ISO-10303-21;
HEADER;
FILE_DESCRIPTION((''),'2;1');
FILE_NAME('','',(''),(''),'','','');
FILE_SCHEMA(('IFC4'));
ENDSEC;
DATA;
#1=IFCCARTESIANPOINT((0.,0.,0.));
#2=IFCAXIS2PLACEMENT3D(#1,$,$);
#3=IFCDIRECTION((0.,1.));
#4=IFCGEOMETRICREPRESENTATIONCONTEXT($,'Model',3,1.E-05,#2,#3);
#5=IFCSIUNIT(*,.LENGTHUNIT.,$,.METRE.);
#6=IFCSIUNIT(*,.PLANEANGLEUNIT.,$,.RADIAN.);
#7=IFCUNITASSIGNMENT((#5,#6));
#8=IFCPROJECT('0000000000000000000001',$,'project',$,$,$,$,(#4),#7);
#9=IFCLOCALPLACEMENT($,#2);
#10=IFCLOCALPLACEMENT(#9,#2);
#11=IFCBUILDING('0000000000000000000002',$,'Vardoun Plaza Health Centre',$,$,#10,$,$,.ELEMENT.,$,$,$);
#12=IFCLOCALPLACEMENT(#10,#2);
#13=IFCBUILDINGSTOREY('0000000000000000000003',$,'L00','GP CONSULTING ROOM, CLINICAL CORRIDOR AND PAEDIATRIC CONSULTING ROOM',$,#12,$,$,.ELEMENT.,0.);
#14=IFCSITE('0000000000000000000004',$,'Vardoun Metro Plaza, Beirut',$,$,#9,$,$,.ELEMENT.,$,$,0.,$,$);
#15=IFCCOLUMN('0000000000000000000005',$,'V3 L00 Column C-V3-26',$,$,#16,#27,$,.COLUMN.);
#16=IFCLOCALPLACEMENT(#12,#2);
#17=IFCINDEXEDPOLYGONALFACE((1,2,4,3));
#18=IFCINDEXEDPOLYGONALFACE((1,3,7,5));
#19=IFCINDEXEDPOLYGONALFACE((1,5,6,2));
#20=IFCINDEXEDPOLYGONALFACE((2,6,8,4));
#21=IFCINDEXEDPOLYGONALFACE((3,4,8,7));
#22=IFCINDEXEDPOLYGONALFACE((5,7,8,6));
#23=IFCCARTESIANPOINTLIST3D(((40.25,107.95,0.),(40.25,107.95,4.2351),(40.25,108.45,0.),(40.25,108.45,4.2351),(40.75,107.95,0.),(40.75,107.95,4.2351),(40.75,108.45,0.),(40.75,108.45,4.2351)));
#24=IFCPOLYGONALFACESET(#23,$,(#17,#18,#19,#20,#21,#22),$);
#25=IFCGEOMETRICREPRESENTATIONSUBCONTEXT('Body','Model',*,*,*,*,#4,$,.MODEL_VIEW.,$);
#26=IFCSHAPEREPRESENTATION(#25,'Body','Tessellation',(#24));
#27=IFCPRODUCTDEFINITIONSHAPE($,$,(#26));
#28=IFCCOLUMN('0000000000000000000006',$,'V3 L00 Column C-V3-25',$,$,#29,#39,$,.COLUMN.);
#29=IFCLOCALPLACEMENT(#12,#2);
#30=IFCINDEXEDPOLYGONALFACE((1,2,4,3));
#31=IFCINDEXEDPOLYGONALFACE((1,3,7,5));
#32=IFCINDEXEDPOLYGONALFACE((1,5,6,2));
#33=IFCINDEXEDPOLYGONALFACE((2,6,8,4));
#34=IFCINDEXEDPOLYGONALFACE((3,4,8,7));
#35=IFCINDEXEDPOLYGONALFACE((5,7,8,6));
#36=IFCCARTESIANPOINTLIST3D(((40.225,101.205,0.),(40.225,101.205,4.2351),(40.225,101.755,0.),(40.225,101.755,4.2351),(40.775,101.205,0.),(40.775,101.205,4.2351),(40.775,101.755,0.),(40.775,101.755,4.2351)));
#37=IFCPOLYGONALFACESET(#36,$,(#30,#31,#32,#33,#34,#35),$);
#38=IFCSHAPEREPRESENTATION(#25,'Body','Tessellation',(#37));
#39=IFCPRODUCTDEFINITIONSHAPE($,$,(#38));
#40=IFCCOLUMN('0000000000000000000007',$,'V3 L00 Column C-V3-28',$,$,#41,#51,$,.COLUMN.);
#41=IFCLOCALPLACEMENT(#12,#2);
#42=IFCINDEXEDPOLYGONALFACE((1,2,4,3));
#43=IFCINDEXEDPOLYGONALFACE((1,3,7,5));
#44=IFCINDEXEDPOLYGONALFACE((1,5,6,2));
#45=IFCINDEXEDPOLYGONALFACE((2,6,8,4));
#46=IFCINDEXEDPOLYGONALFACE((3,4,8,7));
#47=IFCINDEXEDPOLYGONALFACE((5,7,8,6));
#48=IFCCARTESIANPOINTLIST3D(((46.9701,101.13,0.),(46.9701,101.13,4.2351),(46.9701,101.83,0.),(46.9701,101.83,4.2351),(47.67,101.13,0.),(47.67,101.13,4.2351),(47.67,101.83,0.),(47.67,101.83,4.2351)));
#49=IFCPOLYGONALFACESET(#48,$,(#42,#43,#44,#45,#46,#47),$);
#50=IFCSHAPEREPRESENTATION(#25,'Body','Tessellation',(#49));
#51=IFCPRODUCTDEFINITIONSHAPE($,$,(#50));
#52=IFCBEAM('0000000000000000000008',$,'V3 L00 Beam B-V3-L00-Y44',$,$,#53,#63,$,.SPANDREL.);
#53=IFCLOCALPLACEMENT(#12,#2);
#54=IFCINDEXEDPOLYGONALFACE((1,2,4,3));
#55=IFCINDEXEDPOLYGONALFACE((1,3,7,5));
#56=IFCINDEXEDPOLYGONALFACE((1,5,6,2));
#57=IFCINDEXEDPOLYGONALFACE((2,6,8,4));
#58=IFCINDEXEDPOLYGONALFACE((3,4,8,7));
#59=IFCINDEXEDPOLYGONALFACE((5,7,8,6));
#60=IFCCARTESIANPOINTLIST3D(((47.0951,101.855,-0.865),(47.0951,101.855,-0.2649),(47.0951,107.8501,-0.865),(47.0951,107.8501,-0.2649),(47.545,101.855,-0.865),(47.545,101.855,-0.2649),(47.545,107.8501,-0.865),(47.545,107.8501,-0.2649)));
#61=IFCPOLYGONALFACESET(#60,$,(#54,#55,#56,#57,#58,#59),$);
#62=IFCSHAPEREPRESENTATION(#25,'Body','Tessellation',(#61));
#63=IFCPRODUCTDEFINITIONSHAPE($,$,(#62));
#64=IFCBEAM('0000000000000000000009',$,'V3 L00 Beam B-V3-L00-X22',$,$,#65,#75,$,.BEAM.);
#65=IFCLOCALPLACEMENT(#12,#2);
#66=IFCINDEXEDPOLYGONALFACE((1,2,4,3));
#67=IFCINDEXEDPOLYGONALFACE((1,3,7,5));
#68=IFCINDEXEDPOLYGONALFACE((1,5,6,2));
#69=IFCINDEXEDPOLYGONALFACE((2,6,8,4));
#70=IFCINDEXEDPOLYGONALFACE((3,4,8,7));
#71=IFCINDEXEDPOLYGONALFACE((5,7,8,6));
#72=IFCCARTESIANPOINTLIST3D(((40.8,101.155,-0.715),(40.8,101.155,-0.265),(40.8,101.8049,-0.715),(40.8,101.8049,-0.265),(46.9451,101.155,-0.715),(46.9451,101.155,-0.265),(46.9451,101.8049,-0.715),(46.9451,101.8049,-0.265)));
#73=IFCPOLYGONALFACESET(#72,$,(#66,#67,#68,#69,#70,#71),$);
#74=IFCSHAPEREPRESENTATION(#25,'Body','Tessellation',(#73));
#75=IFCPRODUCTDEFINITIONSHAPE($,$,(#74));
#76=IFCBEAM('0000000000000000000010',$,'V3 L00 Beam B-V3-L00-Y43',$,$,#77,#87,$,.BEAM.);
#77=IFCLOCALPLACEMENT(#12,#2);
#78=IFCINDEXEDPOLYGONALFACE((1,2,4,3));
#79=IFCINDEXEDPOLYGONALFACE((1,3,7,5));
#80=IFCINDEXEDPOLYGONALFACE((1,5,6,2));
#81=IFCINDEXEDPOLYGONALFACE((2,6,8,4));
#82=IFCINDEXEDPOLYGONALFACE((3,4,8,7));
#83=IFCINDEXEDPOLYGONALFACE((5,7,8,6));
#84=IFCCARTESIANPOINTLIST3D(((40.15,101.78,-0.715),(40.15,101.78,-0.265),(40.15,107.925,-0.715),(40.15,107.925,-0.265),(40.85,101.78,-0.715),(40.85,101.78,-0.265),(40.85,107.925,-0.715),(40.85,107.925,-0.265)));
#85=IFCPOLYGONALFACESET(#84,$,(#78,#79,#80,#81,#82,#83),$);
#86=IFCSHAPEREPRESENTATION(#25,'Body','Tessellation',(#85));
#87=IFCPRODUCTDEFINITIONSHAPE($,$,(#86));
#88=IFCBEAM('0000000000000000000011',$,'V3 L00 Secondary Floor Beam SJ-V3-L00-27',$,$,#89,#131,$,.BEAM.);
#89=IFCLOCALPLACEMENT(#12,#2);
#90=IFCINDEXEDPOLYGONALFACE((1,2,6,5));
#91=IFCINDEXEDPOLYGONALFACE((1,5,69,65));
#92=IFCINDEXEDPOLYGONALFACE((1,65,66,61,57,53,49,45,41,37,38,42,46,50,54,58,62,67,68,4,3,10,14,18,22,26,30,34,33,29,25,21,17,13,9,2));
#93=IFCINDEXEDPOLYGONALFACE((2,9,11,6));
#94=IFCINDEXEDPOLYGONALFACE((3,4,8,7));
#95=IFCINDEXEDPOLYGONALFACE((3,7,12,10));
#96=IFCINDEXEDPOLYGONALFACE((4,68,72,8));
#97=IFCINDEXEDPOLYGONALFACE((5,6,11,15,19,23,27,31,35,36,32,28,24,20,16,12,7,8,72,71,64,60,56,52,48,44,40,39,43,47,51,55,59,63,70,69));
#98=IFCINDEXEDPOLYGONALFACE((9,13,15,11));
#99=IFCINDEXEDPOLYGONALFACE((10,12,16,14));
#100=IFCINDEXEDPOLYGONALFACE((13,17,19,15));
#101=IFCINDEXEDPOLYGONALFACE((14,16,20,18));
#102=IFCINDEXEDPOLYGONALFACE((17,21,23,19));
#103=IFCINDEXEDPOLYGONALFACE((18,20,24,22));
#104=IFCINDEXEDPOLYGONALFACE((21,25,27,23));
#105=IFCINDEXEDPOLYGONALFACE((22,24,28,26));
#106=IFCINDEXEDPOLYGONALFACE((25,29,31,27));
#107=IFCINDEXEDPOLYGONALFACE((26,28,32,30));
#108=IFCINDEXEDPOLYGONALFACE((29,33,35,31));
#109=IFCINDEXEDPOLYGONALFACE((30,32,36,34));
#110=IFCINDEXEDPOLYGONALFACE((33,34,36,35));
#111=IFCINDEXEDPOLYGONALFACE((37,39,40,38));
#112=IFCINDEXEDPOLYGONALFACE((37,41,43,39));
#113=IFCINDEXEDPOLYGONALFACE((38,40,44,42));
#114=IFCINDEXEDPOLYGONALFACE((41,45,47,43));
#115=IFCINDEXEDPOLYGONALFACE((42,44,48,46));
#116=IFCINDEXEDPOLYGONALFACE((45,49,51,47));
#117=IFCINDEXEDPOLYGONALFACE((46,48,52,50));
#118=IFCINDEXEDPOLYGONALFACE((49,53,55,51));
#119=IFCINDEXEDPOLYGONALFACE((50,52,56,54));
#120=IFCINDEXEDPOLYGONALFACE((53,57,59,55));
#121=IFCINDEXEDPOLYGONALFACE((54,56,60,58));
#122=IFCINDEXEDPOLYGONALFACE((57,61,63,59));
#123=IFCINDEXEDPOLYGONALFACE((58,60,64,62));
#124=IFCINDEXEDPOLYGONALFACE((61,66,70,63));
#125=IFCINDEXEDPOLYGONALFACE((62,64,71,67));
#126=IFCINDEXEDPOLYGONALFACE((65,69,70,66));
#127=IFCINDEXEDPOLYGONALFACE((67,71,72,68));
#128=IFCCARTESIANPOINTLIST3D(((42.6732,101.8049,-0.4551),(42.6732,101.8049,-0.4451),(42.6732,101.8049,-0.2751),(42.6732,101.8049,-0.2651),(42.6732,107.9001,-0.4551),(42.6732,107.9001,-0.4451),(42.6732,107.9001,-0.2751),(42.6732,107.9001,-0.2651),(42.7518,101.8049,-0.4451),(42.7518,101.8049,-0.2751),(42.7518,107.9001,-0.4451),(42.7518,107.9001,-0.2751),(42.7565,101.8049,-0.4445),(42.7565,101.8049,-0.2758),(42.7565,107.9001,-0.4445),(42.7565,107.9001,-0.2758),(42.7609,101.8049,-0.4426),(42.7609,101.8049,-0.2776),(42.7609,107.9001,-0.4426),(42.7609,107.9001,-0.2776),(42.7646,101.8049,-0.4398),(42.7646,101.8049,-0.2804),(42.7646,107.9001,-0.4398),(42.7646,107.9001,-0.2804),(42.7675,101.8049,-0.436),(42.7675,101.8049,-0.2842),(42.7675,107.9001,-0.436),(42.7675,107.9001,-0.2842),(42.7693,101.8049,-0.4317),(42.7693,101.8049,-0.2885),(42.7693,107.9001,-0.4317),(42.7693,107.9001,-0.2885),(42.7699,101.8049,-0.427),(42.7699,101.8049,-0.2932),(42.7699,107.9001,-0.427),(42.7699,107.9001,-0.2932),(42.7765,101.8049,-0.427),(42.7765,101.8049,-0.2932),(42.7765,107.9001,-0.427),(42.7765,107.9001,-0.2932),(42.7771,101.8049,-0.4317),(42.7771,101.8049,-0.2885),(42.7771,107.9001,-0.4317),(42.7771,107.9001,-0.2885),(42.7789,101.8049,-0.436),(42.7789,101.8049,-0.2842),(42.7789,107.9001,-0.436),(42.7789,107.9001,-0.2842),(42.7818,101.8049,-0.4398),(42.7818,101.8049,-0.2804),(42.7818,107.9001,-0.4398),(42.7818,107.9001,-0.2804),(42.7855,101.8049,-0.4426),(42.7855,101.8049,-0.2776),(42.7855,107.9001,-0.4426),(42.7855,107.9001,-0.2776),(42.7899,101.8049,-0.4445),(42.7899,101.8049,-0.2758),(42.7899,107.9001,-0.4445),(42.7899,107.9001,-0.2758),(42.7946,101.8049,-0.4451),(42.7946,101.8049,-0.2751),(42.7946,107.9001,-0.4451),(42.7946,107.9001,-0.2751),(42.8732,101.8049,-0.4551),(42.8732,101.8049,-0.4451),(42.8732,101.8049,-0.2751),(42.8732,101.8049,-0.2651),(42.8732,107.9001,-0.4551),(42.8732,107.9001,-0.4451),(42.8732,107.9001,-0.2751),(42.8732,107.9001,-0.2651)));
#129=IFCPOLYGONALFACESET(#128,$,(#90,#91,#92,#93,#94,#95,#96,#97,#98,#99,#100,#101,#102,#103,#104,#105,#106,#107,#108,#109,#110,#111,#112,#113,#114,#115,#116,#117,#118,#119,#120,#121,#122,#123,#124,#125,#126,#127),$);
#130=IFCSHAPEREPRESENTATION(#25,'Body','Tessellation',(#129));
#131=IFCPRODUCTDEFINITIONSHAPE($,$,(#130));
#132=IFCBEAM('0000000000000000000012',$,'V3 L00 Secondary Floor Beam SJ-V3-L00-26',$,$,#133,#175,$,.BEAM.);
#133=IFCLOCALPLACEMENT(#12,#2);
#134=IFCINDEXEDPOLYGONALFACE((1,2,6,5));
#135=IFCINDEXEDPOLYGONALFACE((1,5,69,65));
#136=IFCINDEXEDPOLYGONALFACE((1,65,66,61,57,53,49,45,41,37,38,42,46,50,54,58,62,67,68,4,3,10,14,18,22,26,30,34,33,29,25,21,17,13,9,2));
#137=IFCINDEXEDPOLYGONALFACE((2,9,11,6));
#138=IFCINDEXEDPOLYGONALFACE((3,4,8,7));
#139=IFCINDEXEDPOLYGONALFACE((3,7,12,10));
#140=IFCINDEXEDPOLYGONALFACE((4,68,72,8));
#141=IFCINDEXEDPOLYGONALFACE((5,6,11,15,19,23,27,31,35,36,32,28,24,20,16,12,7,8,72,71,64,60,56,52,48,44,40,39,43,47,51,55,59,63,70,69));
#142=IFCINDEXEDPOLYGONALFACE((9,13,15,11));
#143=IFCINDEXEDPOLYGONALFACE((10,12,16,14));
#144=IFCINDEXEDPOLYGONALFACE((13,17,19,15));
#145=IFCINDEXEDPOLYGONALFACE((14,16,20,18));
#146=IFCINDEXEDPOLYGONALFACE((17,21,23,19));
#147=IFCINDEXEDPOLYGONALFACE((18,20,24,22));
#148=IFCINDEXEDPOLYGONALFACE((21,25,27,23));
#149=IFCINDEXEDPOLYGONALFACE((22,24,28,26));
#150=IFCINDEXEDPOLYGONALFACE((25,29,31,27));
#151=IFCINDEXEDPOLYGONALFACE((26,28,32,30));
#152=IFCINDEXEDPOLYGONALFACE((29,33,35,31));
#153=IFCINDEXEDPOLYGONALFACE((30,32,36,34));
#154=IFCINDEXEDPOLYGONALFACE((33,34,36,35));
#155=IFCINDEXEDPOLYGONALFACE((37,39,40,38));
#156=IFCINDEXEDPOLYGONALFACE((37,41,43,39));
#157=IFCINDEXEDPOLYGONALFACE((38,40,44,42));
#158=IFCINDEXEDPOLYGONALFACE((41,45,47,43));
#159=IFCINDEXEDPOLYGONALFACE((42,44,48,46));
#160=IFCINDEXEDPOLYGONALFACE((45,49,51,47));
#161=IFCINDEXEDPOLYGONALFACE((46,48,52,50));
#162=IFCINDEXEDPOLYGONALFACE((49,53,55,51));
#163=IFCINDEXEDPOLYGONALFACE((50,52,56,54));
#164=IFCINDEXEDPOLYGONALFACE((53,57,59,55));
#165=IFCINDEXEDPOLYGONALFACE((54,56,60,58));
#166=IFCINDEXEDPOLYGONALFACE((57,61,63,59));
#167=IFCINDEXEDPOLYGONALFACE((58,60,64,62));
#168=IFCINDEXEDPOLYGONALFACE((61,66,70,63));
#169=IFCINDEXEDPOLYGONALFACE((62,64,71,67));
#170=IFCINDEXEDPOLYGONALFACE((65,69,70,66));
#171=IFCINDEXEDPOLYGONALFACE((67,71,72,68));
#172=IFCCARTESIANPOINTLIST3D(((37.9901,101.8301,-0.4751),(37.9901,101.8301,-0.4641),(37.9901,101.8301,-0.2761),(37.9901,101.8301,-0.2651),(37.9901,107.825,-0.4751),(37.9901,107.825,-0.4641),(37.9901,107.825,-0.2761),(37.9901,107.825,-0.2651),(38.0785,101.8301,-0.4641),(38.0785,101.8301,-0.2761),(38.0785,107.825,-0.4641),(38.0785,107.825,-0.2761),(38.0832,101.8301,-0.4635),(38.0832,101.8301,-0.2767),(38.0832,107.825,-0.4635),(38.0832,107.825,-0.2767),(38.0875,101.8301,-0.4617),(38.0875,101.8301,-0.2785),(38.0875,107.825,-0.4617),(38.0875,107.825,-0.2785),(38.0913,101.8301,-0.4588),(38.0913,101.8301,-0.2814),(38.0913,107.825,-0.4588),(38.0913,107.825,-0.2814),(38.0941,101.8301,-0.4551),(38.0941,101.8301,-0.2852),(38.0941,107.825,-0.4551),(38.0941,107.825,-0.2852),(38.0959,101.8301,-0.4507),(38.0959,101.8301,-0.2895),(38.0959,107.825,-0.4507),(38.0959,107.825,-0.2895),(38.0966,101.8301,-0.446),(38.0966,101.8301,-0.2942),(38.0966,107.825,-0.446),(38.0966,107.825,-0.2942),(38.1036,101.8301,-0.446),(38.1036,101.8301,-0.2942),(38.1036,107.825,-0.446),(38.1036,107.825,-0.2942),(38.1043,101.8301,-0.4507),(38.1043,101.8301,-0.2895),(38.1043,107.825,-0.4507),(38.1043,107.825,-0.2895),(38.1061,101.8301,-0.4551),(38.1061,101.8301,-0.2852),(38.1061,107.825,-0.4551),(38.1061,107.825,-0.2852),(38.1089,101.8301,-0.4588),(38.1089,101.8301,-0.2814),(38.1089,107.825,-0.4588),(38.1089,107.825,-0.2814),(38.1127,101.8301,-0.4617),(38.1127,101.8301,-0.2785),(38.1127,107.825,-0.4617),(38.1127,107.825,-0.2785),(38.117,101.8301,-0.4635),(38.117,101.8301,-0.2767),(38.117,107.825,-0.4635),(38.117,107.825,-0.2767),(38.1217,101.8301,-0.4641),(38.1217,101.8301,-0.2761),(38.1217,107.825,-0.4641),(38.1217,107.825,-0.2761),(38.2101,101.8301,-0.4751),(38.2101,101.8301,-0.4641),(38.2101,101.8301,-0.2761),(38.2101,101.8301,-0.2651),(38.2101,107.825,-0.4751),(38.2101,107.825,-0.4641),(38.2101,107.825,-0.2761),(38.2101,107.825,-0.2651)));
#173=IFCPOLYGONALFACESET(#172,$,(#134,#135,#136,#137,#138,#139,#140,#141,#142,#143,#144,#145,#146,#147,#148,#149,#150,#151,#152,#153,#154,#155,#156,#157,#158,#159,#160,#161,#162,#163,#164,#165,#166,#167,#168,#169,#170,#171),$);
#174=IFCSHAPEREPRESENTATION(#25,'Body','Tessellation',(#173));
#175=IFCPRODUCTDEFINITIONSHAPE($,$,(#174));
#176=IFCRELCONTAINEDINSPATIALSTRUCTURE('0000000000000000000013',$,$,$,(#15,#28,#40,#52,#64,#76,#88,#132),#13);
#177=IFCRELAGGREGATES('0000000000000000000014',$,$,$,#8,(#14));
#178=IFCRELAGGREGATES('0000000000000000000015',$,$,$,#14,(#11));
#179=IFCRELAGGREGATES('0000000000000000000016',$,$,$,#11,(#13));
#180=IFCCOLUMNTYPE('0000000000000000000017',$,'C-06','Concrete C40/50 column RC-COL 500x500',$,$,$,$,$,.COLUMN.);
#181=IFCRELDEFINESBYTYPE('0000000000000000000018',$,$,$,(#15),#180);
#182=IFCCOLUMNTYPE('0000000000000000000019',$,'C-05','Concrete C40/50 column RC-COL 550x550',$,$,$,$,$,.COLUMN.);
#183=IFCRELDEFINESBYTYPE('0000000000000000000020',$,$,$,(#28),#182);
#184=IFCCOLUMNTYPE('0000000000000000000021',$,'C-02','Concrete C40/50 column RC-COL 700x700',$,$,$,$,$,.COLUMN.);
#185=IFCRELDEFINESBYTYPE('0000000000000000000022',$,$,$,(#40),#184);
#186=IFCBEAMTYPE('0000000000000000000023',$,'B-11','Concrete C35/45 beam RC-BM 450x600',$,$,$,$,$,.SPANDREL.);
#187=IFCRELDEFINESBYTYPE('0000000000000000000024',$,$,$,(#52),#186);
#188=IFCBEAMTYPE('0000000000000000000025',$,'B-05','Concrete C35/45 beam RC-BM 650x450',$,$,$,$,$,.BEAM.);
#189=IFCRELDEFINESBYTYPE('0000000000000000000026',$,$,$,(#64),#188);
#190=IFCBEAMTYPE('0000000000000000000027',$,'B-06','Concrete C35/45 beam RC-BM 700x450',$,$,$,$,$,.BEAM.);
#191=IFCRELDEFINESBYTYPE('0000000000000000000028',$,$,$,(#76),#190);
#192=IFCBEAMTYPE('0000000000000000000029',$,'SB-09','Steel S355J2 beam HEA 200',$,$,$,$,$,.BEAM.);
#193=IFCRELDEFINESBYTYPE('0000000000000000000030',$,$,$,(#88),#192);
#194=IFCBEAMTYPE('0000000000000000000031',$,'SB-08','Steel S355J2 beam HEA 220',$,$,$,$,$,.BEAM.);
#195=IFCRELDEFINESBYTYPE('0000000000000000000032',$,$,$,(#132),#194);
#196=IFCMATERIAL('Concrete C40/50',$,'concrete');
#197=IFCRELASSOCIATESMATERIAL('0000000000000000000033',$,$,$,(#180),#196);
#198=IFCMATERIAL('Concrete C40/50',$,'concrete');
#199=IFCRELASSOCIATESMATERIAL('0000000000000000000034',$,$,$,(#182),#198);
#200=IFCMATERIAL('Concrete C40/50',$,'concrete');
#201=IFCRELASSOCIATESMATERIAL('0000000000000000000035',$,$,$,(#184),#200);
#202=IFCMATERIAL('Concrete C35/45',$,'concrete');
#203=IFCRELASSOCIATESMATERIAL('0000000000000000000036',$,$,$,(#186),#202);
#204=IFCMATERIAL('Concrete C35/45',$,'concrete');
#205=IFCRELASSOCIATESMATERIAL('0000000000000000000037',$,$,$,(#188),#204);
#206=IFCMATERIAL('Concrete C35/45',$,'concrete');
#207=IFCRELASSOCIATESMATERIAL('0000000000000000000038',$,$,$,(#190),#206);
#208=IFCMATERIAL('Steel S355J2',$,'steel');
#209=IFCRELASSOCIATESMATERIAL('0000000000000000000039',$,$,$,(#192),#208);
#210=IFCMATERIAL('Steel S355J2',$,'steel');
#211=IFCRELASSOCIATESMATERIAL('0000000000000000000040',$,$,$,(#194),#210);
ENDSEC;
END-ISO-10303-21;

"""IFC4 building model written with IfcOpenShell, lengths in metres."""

from ifc_helpers import new_model, si_unit, direction, frame, origin, origin_2d, place, context, subcontext, project, spatial, rectangle, i_section, extrude, material, material_profile, profile_set, type_object, element, save


model = new_model("IFC4")

# Units and contexts
model_context = context("Model", 3, precision=1e-05, world=origin(), true_north=direction((0.0, 1.0)))
body_context = subcontext(model_context, "Body", "Model", "MODEL_VIEW")
ifc_project = project(units=[si_unit("LENGTHUNIT", "METRE"), si_unit("PLANEANGLEUNIT", "RADIAN")], contexts=[model_context])

# Site, building, storey
site_placement = place(None, origin())
site = spatial("IfcSite", under=ifc_project, at=site_placement, Name="Vardoun Metro Plaza, Beirut", CompositionType="ELEMENT", RefElevation=0.0)
building_placement = place(site_placement, origin())
building = spatial("IfcBuilding", under=site, at=building_placement, Name="Vardoun Plaza Health Centre", CompositionType="ELEMENT")
storey_placement = place(building_placement, origin())
storey = spatial("IfcBuildingStorey", under=building, at=storey_placement, Name="L00", Description="GP CONSULTING ROOM, CLINICAL CORRIDOR AND PAEDIATRIC CONSULTING ROOM", CompositionType="ELEMENT", Elevation=0.0)

# Columns
ifc_material_1 = material(Name="Concrete C40/50", Category="concrete")
ifc_material_profile_1 = material_profile(ifc_material_1, rectangle(XDim=0.5, YDim=0.5, at=origin_2d()), Name="RC-COL 500x500")
ifc_profile_set_1 = profile_set([ifc_material_profile_1], Name="Concrete C40/50")
column_type_1 = type_object("IfcColumnType", Name="C-06", Description="Concrete C40/50 column RC-COL 500x500", PredefinedType="COLUMN", material=ifc_profile_set_1)
column_1_placement = place(storey_placement, frame((40.5, 108.2, 0.0), z_axis=(0.0, 0.0, 1.0), x_axis=(1.0, 0.0, 0.0)))
element("IfcColumn", 1, at=column_1_placement, inside=storey, type_object=column_type_1, Name="V3 L00 Column C-V3-26", PredefinedType="COLUMN", context=body_context, shape_type="SweptSolid", body=[
    extrude(rectangle(XDim=0.5, YDim=0.5, at=origin_2d()), origin(), (0.0, 0.0, 1.0), 4.2351),
])
ifc_material_2 = material(Name="Concrete C40/50", Category="concrete")
ifc_material_profile_2 = material_profile(ifc_material_2, rectangle(XDim=0.55, YDim=0.55, at=origin_2d()), Name="RC-COL 550x550")
ifc_profile_set_2 = profile_set([ifc_material_profile_2], Name="Concrete C40/50")
column_type_2 = type_object("IfcColumnType", Name="C-05", Description="Concrete C40/50 column RC-COL 550x550", PredefinedType="COLUMN", material=ifc_profile_set_2)
column_2_placement = place(storey_placement, frame((40.5, 101.48, 0.0), z_axis=(0.0, 0.0, 1.0), x_axis=(1.0, 0.0, 0.0)))
element("IfcColumn", 2, at=column_2_placement, inside=storey, type_object=column_type_2, Name="V3 L00 Column C-V3-25", PredefinedType="COLUMN", context=body_context, shape_type="SweptSolid", body=[
    extrude(rectangle(XDim=0.55, YDim=0.55, at=origin_2d()), origin(), (0.0, 0.0, 1.0), 4.2351),
])
ifc_material_3 = material(Name="Concrete C40/50", Category="concrete")
ifc_material_profile_3 = material_profile(ifc_material_3, rectangle(XDim=0.7, YDim=0.7, at=origin_2d()), Name="RC-COL 700x700")
ifc_profile_set_3 = profile_set([ifc_material_profile_3], Name="Concrete C40/50")
column_type_3 = type_object("IfcColumnType", Name="C-02", Description="Concrete C40/50 column RC-COL 700x700", PredefinedType="COLUMN", material=ifc_profile_set_3)
column_3_placement = place(storey_placement, frame((47.3201, 101.48, 0.0), z_axis=(0.0, 0.0, 1.0), x_axis=(1.0, 0.0, 0.0)))
element("IfcColumn", 3, at=column_3_placement, inside=storey, type_object=column_type_3, Name="V3 L00 Column C-V3-28", PredefinedType="COLUMN", context=body_context, shape_type="SweptSolid", body=[
    extrude(rectangle(XDim=0.7, YDim=0.7, at=origin_2d()), origin(), (0.0, 0.0, 1.0), 4.2351),
])

# Beams
ifc_material_4 = material(Name="Concrete C35/45", Category="concrete")
ifc_material_profile_4 = material_profile(ifc_material_4, rectangle(XDim=0.45, YDim=0.6001, at=origin_2d()), Name="RC-BM 450x600")
ifc_profile_set_4 = profile_set([ifc_material_profile_4], Name="Concrete C35/45")
beam_type_1 = type_object("IfcBeamType", Name="B-11", Description="Concrete C35/45 beam RC-BM 450x600", PredefinedType="SPANDREL", material=ifc_profile_set_4)
beam_1_placement = place(storey_placement, frame((47.3201, 101.855, -0.5649), z_axis=(0.0, 1.0, 0.0), x_axis=(-1.0, 0.0, 0.0)))
element("IfcBeam", 4, at=beam_1_placement, inside=storey, type_object=beam_type_1, Name="V3 L00 Beam B-V3-L00-Y44", PredefinedType="SPANDREL", context=body_context, shape_type="SweptSolid", body=[
    extrude(rectangle(XDim=0.45, YDim=0.6001, at=origin_2d()), origin(), (0.0, 0.0, 1.0), 5.9951),
])
ifc_material_5 = material(Name="Concrete C35/45", Category="concrete")
ifc_material_profile_5 = material_profile(ifc_material_5, rectangle(XDim=0.6499, YDim=0.45, at=origin_2d()), Name="RC-BM 650x450")
ifc_profile_set_5 = profile_set([ifc_material_profile_5], Name="Concrete C35/45")
beam_type_2 = type_object("IfcBeamType", Name="B-05", Description="Concrete C35/45 beam RC-BM 650x450", PredefinedType="BEAM", material=ifc_profile_set_5)
beam_2_placement = place(storey_placement, frame((40.8, 101.48, -0.49), z_axis=(1.0, 0.0, 0.0), x_axis=(0.0, 1.0, 0.0)))
element("IfcBeam", 5, at=beam_2_placement, inside=storey, type_object=beam_type_2, Name="V3 L00 Beam B-V3-L00-X22", PredefinedType="BEAM", context=body_context, shape_type="SweptSolid", body=[
    extrude(rectangle(XDim=0.6499, YDim=0.45, at=origin_2d()), origin(), (0.0, 0.0, 1.0), 6.145),
])
ifc_material_6 = material(Name="Concrete C35/45", Category="concrete")
ifc_material_profile_6 = material_profile(ifc_material_6, rectangle(XDim=0.7, YDim=0.45, at=origin_2d()), Name="RC-BM 700x450")
ifc_profile_set_6 = profile_set([ifc_material_profile_6], Name="Concrete C35/45")
beam_type_3 = type_object("IfcBeamType", Name="B-06", Description="Concrete C35/45 beam RC-BM 700x450", PredefinedType="BEAM", material=ifc_profile_set_6)
beam_3_placement = place(storey_placement, frame((40.5, 101.78, -0.49), z_axis=(0.0, 1.0, 0.0), x_axis=(-1.0, 0.0, 0.0)))
element("IfcBeam", 6, at=beam_3_placement, inside=storey, type_object=beam_type_3, Name="V3 L00 Beam B-V3-L00-Y43", PredefinedType="BEAM", context=body_context, shape_type="SweptSolid", body=[
    extrude(rectangle(XDim=0.7, YDim=0.45, at=origin_2d()), origin(), (0.0, 0.0, 1.0), 6.145),
])
ifc_material_7 = material(Name="Steel S355J2", Category="steel")
ifc_material_profile_7 = material_profile(ifc_material_7, i_section(OverallWidth=0.2, OverallDepth=0.1899, WebThickness=0.0066, FlangeThickness=0.01, FilletRadius=0.0181, at=origin_2d()), Name="HEA 200")
ifc_profile_set_7 = profile_set([ifc_material_profile_7], Name="Steel S355J2")
beam_type_4 = type_object("IfcBeamType", Name="SB-09", Description="Steel S355J2 beam HEA 200", PredefinedType="BEAM", material=ifc_profile_set_7)
beam_4_placement = place(storey_placement, frame((42.7732, 101.8049, -0.3601), z_axis=(0.0, 1.0, 0.0), x_axis=(-1.0, 0.0, 0.0)))
element("IfcBeam", 7, at=beam_4_placement, inside=storey, type_object=beam_type_4, Name="V3 L00 Secondary Floor Beam SJ-V3-L00-27", PredefinedType="BEAM", context=body_context, shape_type="SweptSolid", body=[
    extrude(i_section(OverallWidth=0.2, OverallDepth=0.1899, WebThickness=0.0066, FlangeThickness=0.01, FilletRadius=0.0181, at=origin_2d()), origin(), (0.0, 0.0, 1.0), 6.0952),
])
ifc_material_8 = material(Name="Steel S355J2", Category="steel")
ifc_material_profile_8 = material_profile(ifc_material_8, i_section(OverallWidth=0.22, OverallDepth=0.21, WebThickness=0.0071, FlangeThickness=0.011, FilletRadius=0.0181, at=origin_2d()), Name="HEA 220")
ifc_profile_set_8 = profile_set([ifc_material_profile_8], Name="Steel S355J2")
beam_type_5 = type_object("IfcBeamType", Name="SB-08", Description="Steel S355J2 beam HEA 220", PredefinedType="BEAM", material=ifc_profile_set_8)
beam_5_placement = place(storey_placement, frame((38.1001, 101.8301, -0.3701), z_axis=(0.0, 1.0, 0.0), x_axis=(-1.0, 0.0, 0.0)))
element("IfcBeam", 8, at=beam_5_placement, inside=storey, type_object=beam_type_5, Name="V3 L00 Secondary Floor Beam SJ-V3-L00-26", PredefinedType="BEAM", context=body_context, shape_type="SweptSolid", body=[
    extrude(i_section(OverallWidth=0.22, OverallDepth=0.21, WebThickness=0.0071, FlangeThickness=0.011, FilletRadius=0.0181, at=origin_2d()), origin(), (0.0, 0.0, 1.0), 5.9949),
])

save(model, "model.ifc")
